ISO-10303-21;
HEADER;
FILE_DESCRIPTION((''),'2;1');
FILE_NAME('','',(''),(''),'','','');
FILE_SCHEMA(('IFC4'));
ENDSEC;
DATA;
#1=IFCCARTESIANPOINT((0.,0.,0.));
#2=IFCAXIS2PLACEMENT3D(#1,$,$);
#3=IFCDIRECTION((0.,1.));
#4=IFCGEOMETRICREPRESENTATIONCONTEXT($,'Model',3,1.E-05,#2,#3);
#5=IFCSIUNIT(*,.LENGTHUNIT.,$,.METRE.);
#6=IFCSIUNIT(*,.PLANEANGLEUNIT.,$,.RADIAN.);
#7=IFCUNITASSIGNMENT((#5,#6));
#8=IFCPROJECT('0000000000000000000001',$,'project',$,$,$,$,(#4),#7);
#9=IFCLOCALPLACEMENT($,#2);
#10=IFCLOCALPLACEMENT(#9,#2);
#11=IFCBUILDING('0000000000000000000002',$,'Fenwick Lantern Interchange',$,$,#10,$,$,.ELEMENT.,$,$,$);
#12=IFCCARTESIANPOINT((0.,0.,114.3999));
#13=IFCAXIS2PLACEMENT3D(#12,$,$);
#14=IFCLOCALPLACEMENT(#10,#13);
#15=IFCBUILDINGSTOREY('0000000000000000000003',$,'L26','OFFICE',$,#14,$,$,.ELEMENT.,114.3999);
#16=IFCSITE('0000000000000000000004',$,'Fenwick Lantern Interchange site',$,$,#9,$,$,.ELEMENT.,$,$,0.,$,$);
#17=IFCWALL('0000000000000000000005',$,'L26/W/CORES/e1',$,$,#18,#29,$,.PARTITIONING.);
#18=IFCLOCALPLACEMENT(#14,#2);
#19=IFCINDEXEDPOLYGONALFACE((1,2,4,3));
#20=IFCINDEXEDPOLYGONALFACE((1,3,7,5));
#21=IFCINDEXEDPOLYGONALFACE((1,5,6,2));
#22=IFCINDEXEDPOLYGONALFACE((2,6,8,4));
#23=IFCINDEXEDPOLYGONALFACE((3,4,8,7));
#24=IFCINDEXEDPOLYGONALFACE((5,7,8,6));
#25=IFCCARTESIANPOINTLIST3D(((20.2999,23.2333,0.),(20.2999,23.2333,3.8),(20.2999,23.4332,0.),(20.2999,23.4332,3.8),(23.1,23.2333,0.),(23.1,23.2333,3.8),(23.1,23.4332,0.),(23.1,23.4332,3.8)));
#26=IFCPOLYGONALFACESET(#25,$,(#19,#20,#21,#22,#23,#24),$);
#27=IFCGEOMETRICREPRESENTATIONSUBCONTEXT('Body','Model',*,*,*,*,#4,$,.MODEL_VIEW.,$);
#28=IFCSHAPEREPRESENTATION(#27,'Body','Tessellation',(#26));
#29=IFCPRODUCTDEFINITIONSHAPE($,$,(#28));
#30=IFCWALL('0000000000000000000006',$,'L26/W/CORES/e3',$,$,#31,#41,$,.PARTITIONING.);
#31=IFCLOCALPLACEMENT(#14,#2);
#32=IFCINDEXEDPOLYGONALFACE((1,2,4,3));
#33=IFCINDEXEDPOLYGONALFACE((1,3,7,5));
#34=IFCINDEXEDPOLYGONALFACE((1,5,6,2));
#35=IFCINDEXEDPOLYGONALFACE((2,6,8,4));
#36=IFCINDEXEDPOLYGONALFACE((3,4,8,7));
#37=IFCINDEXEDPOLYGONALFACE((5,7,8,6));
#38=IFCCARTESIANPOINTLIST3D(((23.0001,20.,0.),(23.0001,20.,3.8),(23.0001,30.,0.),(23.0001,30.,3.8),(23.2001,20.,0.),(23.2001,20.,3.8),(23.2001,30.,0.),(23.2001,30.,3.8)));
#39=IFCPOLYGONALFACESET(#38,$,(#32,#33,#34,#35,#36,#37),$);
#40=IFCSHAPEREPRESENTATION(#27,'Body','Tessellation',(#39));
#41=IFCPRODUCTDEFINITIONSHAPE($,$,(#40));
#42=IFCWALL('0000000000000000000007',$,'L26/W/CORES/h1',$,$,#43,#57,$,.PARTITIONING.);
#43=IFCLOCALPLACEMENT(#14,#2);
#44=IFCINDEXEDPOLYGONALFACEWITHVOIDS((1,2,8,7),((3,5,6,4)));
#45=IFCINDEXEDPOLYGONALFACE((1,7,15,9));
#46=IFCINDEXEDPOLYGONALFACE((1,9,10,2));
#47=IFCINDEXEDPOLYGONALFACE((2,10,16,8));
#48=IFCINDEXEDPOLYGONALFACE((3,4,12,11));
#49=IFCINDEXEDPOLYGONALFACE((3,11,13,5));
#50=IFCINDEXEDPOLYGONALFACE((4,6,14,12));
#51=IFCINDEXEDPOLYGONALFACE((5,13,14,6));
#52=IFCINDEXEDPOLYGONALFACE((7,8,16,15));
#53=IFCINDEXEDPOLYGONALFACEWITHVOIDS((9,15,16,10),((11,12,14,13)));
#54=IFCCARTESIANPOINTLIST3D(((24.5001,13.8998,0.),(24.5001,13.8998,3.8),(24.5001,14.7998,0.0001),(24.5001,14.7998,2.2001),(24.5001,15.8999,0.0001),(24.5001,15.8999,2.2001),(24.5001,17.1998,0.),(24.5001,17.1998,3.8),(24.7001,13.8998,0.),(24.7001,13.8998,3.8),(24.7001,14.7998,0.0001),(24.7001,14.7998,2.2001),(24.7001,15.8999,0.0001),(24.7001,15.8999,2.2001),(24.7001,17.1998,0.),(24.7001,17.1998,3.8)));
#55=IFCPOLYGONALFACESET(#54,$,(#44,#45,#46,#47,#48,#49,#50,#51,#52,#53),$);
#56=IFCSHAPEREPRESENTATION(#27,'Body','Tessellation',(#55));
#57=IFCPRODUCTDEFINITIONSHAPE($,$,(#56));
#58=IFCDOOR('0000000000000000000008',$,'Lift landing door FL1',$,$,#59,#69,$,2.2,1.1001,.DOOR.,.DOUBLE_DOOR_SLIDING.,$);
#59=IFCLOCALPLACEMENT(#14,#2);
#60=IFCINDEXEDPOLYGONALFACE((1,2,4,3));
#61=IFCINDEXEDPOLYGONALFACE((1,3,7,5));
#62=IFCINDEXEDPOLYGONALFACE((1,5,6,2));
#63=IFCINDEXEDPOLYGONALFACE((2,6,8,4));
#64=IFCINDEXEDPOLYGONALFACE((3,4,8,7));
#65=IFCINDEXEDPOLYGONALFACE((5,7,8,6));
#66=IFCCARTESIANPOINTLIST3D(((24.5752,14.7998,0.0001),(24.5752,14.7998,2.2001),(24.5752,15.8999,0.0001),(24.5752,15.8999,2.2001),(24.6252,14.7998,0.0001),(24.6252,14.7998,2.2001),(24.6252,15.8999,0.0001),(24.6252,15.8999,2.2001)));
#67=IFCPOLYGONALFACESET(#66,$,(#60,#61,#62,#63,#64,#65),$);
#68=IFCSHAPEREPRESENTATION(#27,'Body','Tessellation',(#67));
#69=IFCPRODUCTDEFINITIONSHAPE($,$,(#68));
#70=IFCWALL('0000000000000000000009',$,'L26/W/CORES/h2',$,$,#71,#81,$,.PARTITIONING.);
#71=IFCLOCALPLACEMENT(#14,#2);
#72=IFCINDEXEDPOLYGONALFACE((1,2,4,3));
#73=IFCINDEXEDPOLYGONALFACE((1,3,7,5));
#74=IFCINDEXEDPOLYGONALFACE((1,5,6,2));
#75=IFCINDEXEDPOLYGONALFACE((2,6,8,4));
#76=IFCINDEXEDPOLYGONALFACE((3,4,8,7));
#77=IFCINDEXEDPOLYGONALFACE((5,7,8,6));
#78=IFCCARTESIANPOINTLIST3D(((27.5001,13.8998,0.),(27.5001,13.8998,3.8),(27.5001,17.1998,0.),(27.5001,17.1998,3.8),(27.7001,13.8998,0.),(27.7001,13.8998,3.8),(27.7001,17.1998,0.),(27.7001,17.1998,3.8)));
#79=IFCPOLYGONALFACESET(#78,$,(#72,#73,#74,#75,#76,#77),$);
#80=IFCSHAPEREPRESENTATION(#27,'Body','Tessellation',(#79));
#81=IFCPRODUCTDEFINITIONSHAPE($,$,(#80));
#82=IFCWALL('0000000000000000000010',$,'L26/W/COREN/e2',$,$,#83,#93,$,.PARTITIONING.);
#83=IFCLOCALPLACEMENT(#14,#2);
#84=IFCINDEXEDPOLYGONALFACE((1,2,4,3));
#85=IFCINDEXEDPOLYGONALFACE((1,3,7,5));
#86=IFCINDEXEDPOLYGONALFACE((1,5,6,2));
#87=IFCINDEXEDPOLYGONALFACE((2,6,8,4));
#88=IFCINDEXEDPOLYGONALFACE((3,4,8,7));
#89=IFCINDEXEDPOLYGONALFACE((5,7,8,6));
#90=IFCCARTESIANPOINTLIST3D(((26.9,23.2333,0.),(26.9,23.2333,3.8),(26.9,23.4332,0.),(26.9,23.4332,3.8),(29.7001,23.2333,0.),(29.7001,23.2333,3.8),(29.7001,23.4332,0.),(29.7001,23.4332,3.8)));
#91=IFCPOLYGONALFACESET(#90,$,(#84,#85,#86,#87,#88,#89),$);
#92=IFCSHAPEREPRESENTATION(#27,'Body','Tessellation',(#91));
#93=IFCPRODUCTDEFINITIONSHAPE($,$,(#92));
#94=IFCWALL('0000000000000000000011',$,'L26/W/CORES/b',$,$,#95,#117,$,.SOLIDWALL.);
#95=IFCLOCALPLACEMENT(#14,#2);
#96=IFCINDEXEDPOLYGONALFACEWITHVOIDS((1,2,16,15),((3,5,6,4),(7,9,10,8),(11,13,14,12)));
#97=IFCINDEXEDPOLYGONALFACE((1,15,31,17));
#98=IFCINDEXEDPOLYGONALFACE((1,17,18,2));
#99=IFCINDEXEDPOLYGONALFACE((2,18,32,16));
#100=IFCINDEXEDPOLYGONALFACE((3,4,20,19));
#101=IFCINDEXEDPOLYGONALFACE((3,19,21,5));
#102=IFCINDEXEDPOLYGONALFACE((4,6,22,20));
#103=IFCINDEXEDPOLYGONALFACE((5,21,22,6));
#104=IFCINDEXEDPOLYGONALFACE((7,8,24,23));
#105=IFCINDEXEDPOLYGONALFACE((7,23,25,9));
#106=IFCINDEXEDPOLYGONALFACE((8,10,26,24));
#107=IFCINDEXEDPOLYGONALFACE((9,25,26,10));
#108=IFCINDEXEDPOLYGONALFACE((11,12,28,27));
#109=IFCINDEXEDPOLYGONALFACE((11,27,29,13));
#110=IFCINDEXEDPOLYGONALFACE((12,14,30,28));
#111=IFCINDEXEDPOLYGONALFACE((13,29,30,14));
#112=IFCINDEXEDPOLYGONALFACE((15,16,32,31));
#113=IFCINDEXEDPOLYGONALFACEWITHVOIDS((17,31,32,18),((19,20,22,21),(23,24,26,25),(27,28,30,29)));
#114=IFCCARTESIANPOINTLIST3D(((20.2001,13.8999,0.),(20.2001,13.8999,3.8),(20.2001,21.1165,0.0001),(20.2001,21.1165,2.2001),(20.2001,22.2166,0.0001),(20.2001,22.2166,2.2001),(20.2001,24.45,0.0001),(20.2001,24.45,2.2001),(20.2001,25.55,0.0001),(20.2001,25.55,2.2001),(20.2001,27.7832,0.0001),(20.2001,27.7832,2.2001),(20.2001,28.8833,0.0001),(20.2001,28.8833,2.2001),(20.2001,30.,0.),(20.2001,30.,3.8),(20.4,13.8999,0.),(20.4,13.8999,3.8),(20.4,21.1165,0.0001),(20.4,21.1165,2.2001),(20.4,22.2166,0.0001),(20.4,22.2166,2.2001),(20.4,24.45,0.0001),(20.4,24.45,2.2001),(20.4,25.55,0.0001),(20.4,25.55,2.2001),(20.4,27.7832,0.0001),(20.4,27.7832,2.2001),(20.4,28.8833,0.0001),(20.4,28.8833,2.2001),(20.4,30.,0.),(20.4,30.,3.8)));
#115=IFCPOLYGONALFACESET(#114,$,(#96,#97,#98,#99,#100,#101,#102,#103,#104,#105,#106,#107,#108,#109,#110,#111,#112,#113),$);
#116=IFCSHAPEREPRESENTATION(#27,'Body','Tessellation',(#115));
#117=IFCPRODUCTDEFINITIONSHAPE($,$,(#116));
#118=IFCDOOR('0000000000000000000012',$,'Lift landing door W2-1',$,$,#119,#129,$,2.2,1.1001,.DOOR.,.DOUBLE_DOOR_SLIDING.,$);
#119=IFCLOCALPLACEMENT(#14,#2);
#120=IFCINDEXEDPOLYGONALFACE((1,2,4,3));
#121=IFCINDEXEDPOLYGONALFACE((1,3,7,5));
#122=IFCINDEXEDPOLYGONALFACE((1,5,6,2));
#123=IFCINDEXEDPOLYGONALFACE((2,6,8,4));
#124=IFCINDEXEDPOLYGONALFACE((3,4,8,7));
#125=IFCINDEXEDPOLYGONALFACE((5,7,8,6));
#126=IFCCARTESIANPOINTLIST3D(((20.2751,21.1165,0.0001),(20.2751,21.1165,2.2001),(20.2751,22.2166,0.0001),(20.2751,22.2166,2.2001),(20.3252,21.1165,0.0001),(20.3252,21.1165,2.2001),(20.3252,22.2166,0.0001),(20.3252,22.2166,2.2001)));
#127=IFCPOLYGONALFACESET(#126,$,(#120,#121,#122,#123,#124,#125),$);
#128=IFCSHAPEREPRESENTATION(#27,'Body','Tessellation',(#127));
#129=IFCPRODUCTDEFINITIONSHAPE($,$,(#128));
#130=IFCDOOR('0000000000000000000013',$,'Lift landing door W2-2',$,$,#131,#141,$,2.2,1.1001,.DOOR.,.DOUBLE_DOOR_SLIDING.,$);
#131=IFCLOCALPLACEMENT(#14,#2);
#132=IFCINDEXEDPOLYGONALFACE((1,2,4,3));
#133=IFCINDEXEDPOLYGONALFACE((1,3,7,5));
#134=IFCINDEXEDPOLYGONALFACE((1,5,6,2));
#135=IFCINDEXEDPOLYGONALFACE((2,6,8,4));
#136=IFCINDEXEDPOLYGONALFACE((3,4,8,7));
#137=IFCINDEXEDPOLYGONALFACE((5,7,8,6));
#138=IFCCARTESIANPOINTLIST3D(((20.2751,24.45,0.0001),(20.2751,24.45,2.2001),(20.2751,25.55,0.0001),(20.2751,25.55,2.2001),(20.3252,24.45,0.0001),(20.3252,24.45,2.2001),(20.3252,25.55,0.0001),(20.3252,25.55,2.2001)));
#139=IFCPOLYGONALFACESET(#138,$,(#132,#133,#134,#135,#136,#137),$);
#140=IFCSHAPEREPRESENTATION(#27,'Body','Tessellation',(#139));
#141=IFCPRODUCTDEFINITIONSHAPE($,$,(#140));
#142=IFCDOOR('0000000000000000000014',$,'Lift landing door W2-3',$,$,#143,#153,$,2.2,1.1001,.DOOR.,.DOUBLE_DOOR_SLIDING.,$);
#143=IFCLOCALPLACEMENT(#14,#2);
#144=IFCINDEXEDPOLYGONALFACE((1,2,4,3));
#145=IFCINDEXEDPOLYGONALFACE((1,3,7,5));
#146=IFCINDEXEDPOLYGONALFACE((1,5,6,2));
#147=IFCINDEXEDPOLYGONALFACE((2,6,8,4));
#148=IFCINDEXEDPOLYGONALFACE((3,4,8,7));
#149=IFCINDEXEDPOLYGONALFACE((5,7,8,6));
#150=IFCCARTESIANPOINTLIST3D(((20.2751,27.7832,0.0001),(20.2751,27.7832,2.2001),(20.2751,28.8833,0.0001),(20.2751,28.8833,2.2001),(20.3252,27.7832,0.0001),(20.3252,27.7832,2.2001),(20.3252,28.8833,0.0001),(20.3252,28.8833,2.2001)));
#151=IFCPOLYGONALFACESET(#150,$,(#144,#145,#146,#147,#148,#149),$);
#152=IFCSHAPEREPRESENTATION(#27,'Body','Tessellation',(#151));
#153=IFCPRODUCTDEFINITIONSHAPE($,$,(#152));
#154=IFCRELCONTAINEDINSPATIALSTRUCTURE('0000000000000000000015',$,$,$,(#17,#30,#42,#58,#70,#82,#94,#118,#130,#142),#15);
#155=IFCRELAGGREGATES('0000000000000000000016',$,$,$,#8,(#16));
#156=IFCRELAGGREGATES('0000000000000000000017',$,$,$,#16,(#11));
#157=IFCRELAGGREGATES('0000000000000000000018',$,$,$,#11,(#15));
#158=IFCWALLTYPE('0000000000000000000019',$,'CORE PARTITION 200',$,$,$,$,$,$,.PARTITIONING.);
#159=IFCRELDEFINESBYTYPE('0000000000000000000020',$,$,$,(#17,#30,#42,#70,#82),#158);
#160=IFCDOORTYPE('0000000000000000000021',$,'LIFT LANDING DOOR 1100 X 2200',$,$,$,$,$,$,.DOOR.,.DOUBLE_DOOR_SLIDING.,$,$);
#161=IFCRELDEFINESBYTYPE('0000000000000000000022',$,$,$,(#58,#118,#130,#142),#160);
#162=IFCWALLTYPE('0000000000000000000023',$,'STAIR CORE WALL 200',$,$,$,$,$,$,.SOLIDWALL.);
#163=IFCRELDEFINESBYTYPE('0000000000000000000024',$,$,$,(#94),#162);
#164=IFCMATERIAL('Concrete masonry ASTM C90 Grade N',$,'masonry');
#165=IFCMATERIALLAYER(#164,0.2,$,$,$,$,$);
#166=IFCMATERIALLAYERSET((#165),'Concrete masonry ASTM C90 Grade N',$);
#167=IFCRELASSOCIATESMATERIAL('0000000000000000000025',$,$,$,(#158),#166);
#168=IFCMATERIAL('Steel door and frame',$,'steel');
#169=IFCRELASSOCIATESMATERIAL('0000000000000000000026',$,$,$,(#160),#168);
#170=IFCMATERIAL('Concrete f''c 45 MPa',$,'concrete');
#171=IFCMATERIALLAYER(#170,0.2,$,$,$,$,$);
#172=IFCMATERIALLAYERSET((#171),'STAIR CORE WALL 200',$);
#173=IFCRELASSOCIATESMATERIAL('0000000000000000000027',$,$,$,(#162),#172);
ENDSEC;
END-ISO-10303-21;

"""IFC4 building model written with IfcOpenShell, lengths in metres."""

from ifc_helpers import new_model, si_unit, direction, frame, frame_2d, origin, place, context, subcontext, project, spatial, rectangle, extrude, material, layer, layer_set, type_object, element, fill, save


model = new_model("IFC4")

# Units and contexts
model_context = context("Model", 3, precision=1e-05, world=origin(), true_north=direction((0.0, 1.0)))
body_context = subcontext(model_context, "Body", "Model", "MODEL_VIEW")
ifc_project = project(units=[si_unit("LENGTHUNIT", "METRE"), si_unit("PLANEANGLEUNIT", "RADIAN")], contexts=[model_context])

# Site, building, storey
site_placement = place(None, origin())
site = spatial("IfcSite", under=ifc_project, at=site_placement, Name="Fenwick Lantern Interchange site", CompositionType="ELEMENT", RefElevation=0.0)
building_placement = place(site_placement, origin())
building = spatial("IfcBuilding", under=site, at=building_placement, Name="Fenwick Lantern Interchange", CompositionType="ELEMENT")
storey_placement = place(building_placement, frame((0.0, 0.0, 114.3999)))
storey = spatial("IfcBuildingStorey", under=building, at=storey_placement, Name="L26", Description="OFFICE", CompositionType="ELEMENT", Elevation=114.3999)

# Walls
ifc_material_1 = material(Name="Concrete masonry ASTM C90 Grade N", Category="masonry")
ifc_layer_1 = layer(ifc_material_1, 0.2)
ifc_layer_set_1 = layer_set([ifc_layer_1], Name="Concrete masonry ASTM C90 Grade N")
wall_type_1 = type_object("IfcWallType", Name="CORE PARTITION 200", PredefinedType="PARTITIONING", material=ifc_layer_set_1)
wall_1_placement = place(storey_placement, frame((20.3, 23.3333, 0.0), z_axis=(0.0, 0.0, 1.0), x_axis=(1.0, 0.0, 0.0)))
element("IfcWall", 1, at=wall_1_placement, inside=storey, type_object=wall_type_1, Name="L26/W/CORES/e1", PredefinedType="PARTITIONING", context=body_context, shape_type="SweptSolid", body=[
    extrude(rectangle(XDim=2.8, YDim=0.2, at=frame_2d((1.3999, 0.0))), origin(), (0.0, 0.0, 1.0), 3.8),
])
wall_2_placement = place(storey_placement, frame((23.1001, 20.0, 0.0), z_axis=(0.0, 0.0, 1.0), x_axis=(0.0, 1.0, 0.0)))
element("IfcWall", 2, at=wall_2_placement, inside=storey, type_object=wall_type_1, Name="L26/W/CORES/e3", PredefinedType="PARTITIONING", context=body_context, shape_type="SweptSolid", body=[
    extrude(rectangle(XDim=10.0, YDim=0.2, at=frame_2d((5.0, 0.0))), origin(), (0.0, 0.0, 1.0), 3.8),
])

# Wall, opening, door
wall_3_placement = place(storey_placement, frame((24.6001, 13.8999, 0.0), z_axis=(0.0, 0.0, 1.0), x_axis=(0.0, 1.0, 0.0)))
wall_3 = element("IfcWall", 3, at=wall_3_placement, inside=storey, type_object=wall_type_1, Name="L26/W/CORES/h1", PredefinedType="PARTITIONING", context=body_context, shape_type="SweptSolid", body=[
    extrude(rectangle(XDim=3.3, YDim=0.2, at=frame_2d((1.6499, 0.0))), origin(), (0.0, 0.0, 1.0), 3.8),
])
opening_1_placement = place(wall_3_placement, frame((0.8999, 0.0, 0.0)))
opening_1 = element("IfcOpeningElement", 4, at=opening_1_placement, cuts=wall_3, PredefinedType="OPENING", context=body_context, shape_type="SweptSolid", body=[
    extrude(rectangle(XDim=1.1001, YDim=2.2, at=frame_2d((0.55, 1.1001))), frame((0.0, 0.1099, 0.0), z_axis=(0.0, -1.0, 0.0), x_axis=(1.0, 0.0, 0.0)), (0.0, 0.0, 1.0), 0.22),
])
ifc_material_2 = material(Name="Steel door and frame", Category="steel")
door_type_1 = type_object("IfcDoorType", Name="LIFT LANDING DOOR 1100 X 2200", OperationType="DOUBLE_DOOR_SLIDING", PredefinedType="DOOR", material=ifc_material_2)
door_1_placement = place(opening_1_placement, origin())
door_1 = element("IfcDoor", 5, at=door_1_placement, inside=storey, type_object=door_type_1, Name="Lift landing door FL1", OperationType="DOUBLE_DOOR_SLIDING", OverallHeight=2.2, OverallWidth=1.1001, PredefinedType="DOOR", context=body_context, shape_type="SweptSolid", body=[
    extrude(rectangle(XDim=1.1001, YDim=2.2, at=frame_2d((0.55, 1.1001))), frame((0.0, 0.0249, 0.0), z_axis=(0.0, -1.0, 0.0), x_axis=(1.0, 0.0, 0.0)), (0.0, 0.0, 1.0), 0.05),
])
fill(opening_1, door_1)

# Walls
wall_4_placement = place(storey_placement, frame((27.6001, 13.8999, 0.0), z_axis=(0.0, 0.0, 1.0), x_axis=(0.0, 1.0, 0.0)))
element("IfcWall", 6, at=wall_4_placement, inside=storey, type_object=wall_type_1, Name="L26/W/CORES/h2", PredefinedType="PARTITIONING", context=body_context, shape_type="SweptSolid", body=[
    extrude(rectangle(XDim=3.3, YDim=0.2, at=frame_2d((1.6499, 0.0))), origin(), (0.0, 0.0, 1.0), 3.8),
])
wall_5_placement = place(storey_placement, frame((29.7, 23.3333, 0.0), z_axis=(0.0, 0.0, 1.0), x_axis=(-1.0, 0.0, 0.0)))
element("IfcWall", 7, at=wall_5_placement, inside=storey, type_object=wall_type_1, Name="L26/W/COREN/e2", PredefinedType="PARTITIONING", context=body_context, shape_type="SweptSolid", body=[
    extrude(rectangle(XDim=2.8, YDim=0.2, at=frame_2d((1.3999, 0.0))), origin(), (0.0, 0.0, 1.0), 3.8),
])

# Wall, openings, doors
ifc_material_3 = material(Name="Concrete f'c 45 MPa", Category="concrete")
ifc_layer_2 = layer(ifc_material_3, 0.2)
ifc_layer_set_2 = layer_set([ifc_layer_2], Name="STAIR CORE WALL 200")
wall_type_2 = type_object("IfcWallType", Name="STAIR CORE WALL 200", PredefinedType="SOLIDWALL", material=ifc_layer_set_2)
wall_6_placement = place(storey_placement, frame((20.3, 13.8999, 0.0), z_axis=(0.0, 0.0, 1.0), x_axis=(0.0, 1.0, 0.0)))
wall_6 = element("IfcWall", 8, at=wall_6_placement, inside=storey, type_object=wall_type_2, Name="L26/W/CORES/b", PredefinedType="SOLIDWALL", context=body_context, shape_type="SweptSolid", body=[
    extrude(rectangle(XDim=16.1001, YDim=0.2, at=frame_2d((8.05, 0.0))), origin(), (0.0, 0.0, 1.0), 3.8),
])
opening_2_placement = place(wall_6_placement, frame((7.2166, 0.0, 0.0)))
opening_2 = element("IfcOpeningElement", 9, at=opening_2_placement, cuts=wall_6, PredefinedType="OPENING", context=body_context, shape_type="SweptSolid", body=[
    extrude(rectangle(XDim=1.1001, YDim=2.2, at=frame_2d((0.55, 1.1001))), frame((0.0, 0.1099, 0.0), z_axis=(0.0, -1.0, 0.0), x_axis=(1.0, 0.0, 0.0)), (0.0, 0.0, 1.0), 0.22),
])
opening_3_placement = place(wall_6_placement, frame((10.55, 0.0, 0.0)))
opening_3 = element("IfcOpeningElement", 10, at=opening_3_placement, cuts=wall_6, PredefinedType="OPENING", context=body_context, shape_type="SweptSolid", body=[
    extrude(rectangle(XDim=1.1001, YDim=2.2, at=frame_2d((0.55, 1.1001))), frame((0.0, 0.1099, 0.0), z_axis=(0.0, -1.0, 0.0), x_axis=(1.0, 0.0, 0.0)), (0.0, 0.0, 1.0), 0.22),
])
opening_4_placement = place(wall_6_placement, frame((13.8833, 0.0, 0.0)))
opening_4 = element("IfcOpeningElement", 11, at=opening_4_placement, cuts=wall_6, PredefinedType="OPENING", context=body_context, shape_type="SweptSolid", body=[
    extrude(rectangle(XDim=1.1001, YDim=2.2, at=frame_2d((0.55, 1.1001))), frame((0.0, 0.1099, 0.0), z_axis=(0.0, -1.0, 0.0), x_axis=(1.0, 0.0, 0.0)), (0.0, 0.0, 1.0), 0.22),
])
door_2_placement = place(opening_2_placement, origin())
door_2 = element("IfcDoor", 12, at=door_2_placement, inside=storey, type_object=door_type_1, Name="Lift landing door W2-1", OperationType="DOUBLE_DOOR_SLIDING", OverallHeight=2.2, OverallWidth=1.1001, PredefinedType="DOOR", context=body_context, shape_type="SweptSolid", body=[
    extrude(rectangle(XDim=1.1001, YDim=2.2, at=frame_2d((0.55, 1.1001))), frame((0.0, 0.0249, 0.0), z_axis=(0.0, -1.0, 0.0), x_axis=(1.0, 0.0, 0.0)), (0.0, 0.0, 1.0), 0.05),
])
fill(opening_2, door_2)
door_3_placement = place(opening_3_placement, origin())
door_3 = element("IfcDoor", 13, at=door_3_placement, inside=storey, type_object=door_type_1, Name="Lift landing door W2-2", OperationType="DOUBLE_DOOR_SLIDING", OverallHeight=2.2, OverallWidth=1.1001, PredefinedType="DOOR", context=body_context, shape_type="SweptSolid", body=[
    extrude(rectangle(XDim=1.1001, YDim=2.2, at=frame_2d((0.55, 1.1001))), frame((0.0, 0.0249, 0.0), z_axis=(0.0, -1.0, 0.0), x_axis=(1.0, 0.0, 0.0)), (0.0, 0.0, 1.0), 0.05),
])
fill(opening_3, door_3)
door_4_placement = place(opening_4_placement, origin())
door_4 = element("IfcDoor", 14, at=door_4_placement, inside=storey, type_object=door_type_1, Name="Lift landing door W2-3", OperationType="DOUBLE_DOOR_SLIDING", OverallHeight=2.2, OverallWidth=1.1001, PredefinedType="DOOR", context=body_context, shape_type="SweptSolid", body=[
    extrude(rectangle(XDim=1.1001, YDim=2.2, at=frame_2d((0.55, 1.1001))), frame((0.0, 0.0249, 0.0), z_axis=(0.0, -1.0, 0.0), x_axis=(1.0, 0.0, 0.0)), (0.0, 0.0, 1.0), 0.05),
])
fill(opening_4, door_4)

save(model, "model.ifc")
